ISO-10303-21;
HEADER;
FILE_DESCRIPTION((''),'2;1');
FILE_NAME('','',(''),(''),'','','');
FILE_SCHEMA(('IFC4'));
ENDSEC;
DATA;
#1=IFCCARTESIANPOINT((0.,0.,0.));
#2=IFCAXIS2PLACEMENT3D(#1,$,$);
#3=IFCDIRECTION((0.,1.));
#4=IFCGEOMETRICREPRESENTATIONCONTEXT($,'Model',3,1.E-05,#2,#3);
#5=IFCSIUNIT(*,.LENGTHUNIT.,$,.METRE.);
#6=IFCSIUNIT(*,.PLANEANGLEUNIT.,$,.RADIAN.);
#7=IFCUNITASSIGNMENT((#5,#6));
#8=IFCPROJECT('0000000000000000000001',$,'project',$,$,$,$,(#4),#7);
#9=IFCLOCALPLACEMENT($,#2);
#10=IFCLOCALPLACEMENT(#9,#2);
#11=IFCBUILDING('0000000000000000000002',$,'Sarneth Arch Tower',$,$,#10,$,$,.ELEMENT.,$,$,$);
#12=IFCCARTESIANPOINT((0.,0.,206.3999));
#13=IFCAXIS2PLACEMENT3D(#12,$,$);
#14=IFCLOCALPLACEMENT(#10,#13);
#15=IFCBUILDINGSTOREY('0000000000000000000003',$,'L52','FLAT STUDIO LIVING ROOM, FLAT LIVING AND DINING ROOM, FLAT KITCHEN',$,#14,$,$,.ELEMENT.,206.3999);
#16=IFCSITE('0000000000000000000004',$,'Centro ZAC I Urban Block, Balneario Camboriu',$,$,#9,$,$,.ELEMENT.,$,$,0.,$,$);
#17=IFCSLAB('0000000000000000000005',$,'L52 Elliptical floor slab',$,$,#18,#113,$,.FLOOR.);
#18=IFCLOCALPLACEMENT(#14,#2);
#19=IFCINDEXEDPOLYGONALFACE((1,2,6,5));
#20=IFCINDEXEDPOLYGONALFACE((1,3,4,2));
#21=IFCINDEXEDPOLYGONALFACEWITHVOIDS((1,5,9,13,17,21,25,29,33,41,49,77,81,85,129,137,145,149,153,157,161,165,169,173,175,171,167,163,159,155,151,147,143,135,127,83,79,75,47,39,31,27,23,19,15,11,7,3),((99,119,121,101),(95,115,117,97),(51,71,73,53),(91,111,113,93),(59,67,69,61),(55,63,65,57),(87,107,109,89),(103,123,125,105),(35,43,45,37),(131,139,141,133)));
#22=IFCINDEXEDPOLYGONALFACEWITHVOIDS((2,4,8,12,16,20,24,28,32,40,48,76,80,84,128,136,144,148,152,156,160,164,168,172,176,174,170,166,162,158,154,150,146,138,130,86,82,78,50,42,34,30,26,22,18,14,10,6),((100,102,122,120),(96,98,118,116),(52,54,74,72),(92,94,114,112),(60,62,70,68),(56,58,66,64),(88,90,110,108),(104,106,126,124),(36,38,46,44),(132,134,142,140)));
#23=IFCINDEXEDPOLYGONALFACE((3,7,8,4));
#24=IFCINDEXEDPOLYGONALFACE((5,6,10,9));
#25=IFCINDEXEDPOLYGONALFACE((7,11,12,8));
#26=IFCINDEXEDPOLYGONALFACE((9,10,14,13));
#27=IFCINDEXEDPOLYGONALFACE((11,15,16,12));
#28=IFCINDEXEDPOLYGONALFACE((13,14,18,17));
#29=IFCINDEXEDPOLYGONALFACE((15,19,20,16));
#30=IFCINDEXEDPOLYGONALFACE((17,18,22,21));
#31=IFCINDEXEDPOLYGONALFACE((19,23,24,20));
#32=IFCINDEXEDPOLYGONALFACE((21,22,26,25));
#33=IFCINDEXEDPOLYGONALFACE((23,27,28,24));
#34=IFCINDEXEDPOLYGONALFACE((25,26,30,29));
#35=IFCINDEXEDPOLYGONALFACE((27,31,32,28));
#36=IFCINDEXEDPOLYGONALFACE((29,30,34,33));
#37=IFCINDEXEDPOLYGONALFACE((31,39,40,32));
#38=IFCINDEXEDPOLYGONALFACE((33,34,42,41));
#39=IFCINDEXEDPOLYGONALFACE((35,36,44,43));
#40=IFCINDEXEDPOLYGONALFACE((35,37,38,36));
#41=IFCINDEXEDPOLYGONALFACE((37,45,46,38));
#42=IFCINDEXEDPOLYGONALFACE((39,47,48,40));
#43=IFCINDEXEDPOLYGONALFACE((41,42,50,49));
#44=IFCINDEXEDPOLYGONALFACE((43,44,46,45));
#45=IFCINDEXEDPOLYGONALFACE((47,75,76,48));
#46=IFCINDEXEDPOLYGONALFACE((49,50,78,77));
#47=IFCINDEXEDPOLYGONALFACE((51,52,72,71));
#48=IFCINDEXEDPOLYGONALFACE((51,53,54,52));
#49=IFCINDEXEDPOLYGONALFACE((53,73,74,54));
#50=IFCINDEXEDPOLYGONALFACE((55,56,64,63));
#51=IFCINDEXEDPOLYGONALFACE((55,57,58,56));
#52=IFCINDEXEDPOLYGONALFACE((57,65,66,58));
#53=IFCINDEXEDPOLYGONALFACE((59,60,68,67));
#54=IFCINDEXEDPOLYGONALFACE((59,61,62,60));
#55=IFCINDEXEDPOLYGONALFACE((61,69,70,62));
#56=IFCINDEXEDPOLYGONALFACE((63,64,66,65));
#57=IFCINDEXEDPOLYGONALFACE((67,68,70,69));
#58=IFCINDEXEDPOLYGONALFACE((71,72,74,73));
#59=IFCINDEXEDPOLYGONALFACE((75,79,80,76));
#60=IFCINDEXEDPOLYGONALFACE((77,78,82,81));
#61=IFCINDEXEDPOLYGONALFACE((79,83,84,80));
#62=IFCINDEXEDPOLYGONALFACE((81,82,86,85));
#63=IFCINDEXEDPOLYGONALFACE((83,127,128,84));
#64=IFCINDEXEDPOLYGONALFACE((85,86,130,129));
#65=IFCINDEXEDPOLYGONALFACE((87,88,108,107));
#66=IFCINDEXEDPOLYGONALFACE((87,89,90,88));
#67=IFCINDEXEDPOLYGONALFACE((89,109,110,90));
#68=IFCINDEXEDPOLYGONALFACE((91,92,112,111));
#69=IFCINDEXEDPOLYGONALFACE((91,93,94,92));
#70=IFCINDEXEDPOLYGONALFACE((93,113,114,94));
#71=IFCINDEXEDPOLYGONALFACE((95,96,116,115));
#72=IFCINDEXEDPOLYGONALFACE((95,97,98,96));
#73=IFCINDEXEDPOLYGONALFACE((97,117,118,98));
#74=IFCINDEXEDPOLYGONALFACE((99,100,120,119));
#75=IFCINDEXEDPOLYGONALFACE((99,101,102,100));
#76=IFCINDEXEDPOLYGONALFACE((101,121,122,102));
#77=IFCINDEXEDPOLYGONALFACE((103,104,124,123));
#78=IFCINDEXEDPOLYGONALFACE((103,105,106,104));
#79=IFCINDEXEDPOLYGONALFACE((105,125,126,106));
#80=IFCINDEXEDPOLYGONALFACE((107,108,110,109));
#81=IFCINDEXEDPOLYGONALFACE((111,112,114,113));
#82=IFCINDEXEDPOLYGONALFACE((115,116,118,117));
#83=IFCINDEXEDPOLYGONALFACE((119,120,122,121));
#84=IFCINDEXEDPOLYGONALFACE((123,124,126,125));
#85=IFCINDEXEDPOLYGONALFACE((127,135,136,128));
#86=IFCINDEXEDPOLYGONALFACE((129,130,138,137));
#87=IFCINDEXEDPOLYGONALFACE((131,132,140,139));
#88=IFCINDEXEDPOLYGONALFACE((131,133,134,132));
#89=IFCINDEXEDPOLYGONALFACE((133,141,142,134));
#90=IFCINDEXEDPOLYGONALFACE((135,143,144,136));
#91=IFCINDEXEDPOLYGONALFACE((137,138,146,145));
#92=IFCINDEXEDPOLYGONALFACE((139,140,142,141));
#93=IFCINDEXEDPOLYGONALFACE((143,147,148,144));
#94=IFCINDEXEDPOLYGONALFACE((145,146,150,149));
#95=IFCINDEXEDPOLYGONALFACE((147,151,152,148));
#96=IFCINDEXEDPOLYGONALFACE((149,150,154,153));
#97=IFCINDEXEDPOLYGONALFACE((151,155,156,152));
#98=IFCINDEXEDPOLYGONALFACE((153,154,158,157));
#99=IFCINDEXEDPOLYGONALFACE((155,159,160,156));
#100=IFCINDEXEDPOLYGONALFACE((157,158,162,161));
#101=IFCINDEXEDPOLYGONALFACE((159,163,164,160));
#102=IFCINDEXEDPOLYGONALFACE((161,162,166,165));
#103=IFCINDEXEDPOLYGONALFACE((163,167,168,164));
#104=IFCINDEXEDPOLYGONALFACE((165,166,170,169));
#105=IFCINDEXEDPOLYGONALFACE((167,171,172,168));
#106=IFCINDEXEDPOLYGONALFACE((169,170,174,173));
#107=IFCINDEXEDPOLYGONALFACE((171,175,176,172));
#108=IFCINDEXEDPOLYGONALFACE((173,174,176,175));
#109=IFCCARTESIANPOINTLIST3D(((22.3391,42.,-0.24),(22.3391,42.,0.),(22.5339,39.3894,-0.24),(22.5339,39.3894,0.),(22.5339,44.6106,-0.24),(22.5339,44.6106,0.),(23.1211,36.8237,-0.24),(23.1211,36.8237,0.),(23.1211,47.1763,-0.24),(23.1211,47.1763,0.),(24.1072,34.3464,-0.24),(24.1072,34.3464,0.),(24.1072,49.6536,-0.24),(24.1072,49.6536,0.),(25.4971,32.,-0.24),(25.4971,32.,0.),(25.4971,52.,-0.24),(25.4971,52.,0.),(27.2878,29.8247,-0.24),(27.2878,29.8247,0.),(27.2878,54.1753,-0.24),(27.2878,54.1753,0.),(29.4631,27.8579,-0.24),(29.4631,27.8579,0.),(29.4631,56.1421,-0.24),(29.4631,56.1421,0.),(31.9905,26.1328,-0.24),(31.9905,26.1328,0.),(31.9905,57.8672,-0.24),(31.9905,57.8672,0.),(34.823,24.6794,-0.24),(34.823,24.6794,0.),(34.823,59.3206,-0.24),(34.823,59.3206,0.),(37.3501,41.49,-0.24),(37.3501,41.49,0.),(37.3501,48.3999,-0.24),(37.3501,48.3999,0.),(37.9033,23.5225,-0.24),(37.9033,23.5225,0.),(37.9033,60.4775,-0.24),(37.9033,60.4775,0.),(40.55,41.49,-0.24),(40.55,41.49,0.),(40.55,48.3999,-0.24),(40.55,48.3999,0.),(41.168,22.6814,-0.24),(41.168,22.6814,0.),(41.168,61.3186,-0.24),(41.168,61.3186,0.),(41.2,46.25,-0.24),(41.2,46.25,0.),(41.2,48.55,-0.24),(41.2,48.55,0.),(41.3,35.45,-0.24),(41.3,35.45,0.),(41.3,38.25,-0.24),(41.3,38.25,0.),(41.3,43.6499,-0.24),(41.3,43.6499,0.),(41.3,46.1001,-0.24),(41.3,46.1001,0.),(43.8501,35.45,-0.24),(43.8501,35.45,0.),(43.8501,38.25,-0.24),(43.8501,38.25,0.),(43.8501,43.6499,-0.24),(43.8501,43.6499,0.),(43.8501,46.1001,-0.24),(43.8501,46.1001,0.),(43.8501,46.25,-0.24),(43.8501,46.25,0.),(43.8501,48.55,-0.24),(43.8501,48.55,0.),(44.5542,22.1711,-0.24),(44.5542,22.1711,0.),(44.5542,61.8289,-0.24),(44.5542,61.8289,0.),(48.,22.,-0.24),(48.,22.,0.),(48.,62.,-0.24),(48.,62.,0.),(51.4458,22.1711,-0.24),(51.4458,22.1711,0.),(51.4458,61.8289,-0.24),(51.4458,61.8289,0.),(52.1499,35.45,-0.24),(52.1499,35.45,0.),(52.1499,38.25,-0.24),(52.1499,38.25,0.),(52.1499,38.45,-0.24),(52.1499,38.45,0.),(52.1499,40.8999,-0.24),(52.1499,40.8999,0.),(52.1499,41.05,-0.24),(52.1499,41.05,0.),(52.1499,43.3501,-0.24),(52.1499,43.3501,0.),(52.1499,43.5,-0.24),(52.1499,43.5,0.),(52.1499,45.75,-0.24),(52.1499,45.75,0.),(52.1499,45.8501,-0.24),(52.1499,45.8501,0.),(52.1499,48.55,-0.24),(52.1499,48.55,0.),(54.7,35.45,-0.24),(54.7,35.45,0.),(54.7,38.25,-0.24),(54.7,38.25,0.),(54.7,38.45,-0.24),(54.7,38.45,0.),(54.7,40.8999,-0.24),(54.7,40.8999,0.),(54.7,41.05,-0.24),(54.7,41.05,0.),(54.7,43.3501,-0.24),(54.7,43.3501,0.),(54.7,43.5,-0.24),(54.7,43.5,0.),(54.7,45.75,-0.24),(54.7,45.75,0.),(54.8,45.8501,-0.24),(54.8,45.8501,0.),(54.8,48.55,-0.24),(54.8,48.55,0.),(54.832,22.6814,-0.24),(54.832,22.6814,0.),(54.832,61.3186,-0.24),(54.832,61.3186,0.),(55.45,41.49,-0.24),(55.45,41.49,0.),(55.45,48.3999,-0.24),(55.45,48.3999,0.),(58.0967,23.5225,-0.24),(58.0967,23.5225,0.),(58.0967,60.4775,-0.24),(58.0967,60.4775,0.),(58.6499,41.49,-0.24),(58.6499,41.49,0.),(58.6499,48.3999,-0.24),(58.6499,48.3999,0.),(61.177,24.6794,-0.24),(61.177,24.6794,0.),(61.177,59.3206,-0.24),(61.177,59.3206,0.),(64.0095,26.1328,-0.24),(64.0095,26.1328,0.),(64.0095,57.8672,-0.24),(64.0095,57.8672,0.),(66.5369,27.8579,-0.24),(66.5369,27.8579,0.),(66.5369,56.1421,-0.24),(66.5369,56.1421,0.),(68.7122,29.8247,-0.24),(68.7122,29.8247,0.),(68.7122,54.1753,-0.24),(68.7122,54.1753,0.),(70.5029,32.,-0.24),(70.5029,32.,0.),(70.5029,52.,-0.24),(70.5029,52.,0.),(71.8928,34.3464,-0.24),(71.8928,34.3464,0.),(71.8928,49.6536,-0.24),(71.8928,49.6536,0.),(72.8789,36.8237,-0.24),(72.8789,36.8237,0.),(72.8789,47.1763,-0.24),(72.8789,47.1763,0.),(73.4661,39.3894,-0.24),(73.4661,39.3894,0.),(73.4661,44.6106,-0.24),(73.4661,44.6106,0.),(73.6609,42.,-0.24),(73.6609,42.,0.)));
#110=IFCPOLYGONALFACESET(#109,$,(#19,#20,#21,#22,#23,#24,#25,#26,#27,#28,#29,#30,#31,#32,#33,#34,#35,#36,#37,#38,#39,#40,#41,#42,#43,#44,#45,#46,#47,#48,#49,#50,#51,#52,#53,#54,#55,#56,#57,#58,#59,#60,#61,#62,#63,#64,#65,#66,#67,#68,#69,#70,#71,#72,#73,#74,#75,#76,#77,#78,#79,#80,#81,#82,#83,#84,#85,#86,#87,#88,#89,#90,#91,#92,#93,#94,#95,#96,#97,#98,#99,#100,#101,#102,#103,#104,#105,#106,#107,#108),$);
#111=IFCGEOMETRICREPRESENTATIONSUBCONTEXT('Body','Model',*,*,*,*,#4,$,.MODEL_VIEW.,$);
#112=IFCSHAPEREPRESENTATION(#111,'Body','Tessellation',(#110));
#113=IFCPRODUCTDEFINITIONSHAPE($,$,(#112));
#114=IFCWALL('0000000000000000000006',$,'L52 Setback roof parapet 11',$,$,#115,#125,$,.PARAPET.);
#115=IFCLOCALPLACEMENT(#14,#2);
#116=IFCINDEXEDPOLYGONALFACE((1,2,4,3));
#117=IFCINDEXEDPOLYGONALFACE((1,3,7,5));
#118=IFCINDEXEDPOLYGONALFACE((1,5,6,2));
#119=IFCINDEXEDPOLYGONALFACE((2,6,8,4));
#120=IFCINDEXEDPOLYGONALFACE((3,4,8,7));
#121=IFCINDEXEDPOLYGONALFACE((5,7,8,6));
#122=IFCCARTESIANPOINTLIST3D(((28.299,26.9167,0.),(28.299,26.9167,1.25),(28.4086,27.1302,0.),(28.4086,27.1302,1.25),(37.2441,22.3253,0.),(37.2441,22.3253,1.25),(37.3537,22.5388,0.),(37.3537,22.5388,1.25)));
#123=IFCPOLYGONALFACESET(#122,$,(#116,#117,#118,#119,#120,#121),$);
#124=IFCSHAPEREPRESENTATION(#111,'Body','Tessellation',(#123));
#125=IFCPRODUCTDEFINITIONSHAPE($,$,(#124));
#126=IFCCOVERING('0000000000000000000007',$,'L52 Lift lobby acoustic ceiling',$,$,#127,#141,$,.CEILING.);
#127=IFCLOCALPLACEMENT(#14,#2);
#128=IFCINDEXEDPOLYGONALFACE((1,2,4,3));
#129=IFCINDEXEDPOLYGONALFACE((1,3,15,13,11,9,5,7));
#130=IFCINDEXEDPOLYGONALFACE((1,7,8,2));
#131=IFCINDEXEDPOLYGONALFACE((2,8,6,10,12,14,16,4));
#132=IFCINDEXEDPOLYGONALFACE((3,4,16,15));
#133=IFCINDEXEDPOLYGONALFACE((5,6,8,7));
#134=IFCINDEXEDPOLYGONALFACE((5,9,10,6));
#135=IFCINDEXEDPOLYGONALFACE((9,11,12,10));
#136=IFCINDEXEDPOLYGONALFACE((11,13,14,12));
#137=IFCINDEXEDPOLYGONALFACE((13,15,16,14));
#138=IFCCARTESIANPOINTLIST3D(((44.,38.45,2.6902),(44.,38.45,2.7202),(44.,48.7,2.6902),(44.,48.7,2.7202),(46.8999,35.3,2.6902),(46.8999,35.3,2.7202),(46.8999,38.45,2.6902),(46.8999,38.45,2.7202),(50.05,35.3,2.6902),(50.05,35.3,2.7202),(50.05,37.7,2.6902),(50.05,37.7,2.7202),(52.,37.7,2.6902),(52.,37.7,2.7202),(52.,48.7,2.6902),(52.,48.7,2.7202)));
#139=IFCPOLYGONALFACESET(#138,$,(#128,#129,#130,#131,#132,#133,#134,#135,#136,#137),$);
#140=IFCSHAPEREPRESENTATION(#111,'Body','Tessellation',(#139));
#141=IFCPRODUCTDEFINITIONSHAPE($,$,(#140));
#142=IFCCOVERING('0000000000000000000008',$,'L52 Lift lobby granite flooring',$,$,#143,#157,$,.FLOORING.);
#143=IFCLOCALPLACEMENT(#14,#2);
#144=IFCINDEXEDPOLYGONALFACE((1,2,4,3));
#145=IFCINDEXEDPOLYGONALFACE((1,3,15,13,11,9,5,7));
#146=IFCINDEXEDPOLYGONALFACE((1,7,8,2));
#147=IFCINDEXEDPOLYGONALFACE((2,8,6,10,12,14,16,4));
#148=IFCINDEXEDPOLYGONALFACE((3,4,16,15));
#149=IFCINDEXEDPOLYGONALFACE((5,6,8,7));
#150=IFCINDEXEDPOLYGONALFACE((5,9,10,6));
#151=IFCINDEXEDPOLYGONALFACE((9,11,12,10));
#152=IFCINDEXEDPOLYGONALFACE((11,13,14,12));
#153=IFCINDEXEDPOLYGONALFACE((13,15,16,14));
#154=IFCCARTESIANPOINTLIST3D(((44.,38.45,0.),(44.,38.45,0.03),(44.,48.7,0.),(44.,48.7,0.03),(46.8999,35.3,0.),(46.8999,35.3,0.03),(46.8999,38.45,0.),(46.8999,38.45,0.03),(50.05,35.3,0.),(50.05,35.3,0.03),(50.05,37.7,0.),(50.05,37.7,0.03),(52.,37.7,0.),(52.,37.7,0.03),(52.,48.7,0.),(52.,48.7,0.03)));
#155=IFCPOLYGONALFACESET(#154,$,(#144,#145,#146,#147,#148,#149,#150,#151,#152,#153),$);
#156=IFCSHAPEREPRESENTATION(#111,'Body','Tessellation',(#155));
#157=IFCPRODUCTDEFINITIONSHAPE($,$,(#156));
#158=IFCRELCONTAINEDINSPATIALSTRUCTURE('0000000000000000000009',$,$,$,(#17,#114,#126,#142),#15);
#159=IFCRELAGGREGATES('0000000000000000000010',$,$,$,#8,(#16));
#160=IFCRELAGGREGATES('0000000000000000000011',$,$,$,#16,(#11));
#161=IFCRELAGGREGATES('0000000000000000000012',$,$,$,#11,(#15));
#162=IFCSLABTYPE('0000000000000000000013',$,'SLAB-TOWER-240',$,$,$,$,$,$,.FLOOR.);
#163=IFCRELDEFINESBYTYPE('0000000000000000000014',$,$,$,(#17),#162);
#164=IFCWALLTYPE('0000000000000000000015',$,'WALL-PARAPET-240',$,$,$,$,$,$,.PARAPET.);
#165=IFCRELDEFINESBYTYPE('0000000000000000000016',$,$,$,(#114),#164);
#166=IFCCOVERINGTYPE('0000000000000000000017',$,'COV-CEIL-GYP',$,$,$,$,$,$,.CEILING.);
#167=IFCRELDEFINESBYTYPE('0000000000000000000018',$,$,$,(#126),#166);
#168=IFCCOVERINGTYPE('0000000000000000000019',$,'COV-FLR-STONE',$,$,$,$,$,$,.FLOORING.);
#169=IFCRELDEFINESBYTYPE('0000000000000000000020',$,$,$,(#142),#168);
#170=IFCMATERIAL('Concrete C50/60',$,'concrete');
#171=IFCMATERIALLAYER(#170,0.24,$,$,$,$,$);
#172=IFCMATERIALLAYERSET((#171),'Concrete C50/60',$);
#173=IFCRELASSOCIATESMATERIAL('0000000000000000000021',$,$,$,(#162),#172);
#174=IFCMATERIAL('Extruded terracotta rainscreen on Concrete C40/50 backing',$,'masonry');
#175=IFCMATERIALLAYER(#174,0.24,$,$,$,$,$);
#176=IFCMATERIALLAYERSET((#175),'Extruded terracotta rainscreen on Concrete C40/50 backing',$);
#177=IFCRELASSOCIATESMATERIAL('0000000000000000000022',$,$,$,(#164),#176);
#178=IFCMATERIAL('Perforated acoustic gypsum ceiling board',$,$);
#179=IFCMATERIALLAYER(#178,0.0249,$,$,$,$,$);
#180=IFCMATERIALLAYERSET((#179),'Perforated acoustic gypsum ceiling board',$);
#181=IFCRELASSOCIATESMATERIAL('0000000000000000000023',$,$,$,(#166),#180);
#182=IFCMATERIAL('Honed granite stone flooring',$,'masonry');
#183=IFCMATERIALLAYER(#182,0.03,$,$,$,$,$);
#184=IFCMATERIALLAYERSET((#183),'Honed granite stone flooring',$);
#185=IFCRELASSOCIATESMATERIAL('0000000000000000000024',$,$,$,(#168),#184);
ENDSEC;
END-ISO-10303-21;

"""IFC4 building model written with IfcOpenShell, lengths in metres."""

from ifc_helpers import new_model, si_unit, direction, frame, frame_2d, origin, place, context, subcontext, project, spatial, polyline, rectangle, outline, extrude, material, layer, layer_set, type_object, element, save


model = new_model("IFC4")

# Units and contexts
model_context = context("Model", 3, precision=1e-05, world=origin(), true_north=direction((0.0, 1.0)))
body_context = subcontext(model_context, "Body", "Model", "MODEL_VIEW")
ifc_project = project(units=[si_unit("LENGTHUNIT", "METRE"), si_unit("PLANEANGLEUNIT", "RADIAN")], contexts=[model_context])

# Site, building, storey
site_placement = place(None, origin())
site = spatial("IfcSite", under=ifc_project, at=site_placement, Name="Centro ZAC I Urban Block, Balneario Camboriu", CompositionType="ELEMENT", RefElevation=0.0)
building_placement = place(site_placement, origin())
building = spatial("IfcBuilding", under=site, at=building_placement, Name="Sarneth Arch Tower", CompositionType="ELEMENT")
storey_placement = place(building_placement, frame((0.0, 0.0, 206.3999)))
storey = spatial("IfcBuildingStorey", under=building, at=storey_placement, Name="L52", Description="FLAT STUDIO LIVING ROOM, FLAT LIVING AND DINING ROOM, FLAT KITCHEN", CompositionType="ELEMENT", Elevation=206.3999)

# Slab
ifc_material_1 = material(Name="Concrete C50/60", Category="concrete")
ifc_layer_1 = layer(ifc_material_1, 0.24)
ifc_layer_set_1 = layer_set([ifc_layer_1], Name="Concrete C50/60")
slab_type_1 = type_object("IfcSlabType", Name="SLAB-TOWER-240", PredefinedType="FLOOR", material=ifc_layer_set_1)
slab_1_placement = place(storey_placement, frame((0.0, 0.0, -0.24)))
element("IfcSlab", 1, at=slab_1_placement, inside=storey, type_object=slab_type_1, Name="L52 Elliptical floor slab", PredefinedType="FLOOR", context=body_context, shape_type="SweptSolid", body=[
    extrude(outline(polyline([(73.6609, 42.0), (73.4661, 44.6106), (72.8789, 47.1763), (71.8928, 49.6536), (70.5029, 52.0), (68.7122, 54.1753), (66.5369, 56.1421), (64.0095, 57.8672), (61.177, 59.3206), (58.0967, 60.4775), (54.832, 61.3186), (51.4458, 61.8289), (48.0, 62.0), (44.5542, 61.8289), (41.168, 61.3186), (37.9033, 60.4775), (34.823, 59.3206), (31.9905, 57.8672), (29.4631, 56.1421), (27.2878, 54.1753), (25.4971, 52.0), (24.1072, 49.6536), (23.1211, 47.1763), (22.5339, 44.6106), (22.3391, 42.0), (22.5339, 39.3894), (23.1211, 36.8237), (24.1072, 34.3464), (25.4971, 32.0), (27.2878, 29.8247), (29.4631, 27.8579), (31.9905, 26.1328), (34.823, 24.6794), (37.9033, 23.5225), (41.168, 22.6814), (44.5542, 22.1711), (48.0, 22.0), (51.4458, 22.1711), (54.832, 22.6814), (58.0967, 23.5225), (61.177, 24.6794), (64.0095, 26.1328), (66.5369, 27.8579), (68.7122, 29.8247), (70.5029, 32.0), (71.8928, 34.3464), (72.8789, 36.8237), (73.4661, 39.3894), (73.6609, 42.0)]), holes=[polyline([(37.3501, 41.49), (40.55, 41.49), (40.55, 48.3999), (37.3501, 48.3999), (37.3501, 41.49)]), polyline([(55.45, 41.49), (58.6499, 41.49), (58.6499, 48.3999), (55.45, 48.3999), (55.45, 41.49)]), polyline([(41.2, 46.25), (43.8501, 46.25), (43.8501, 48.55), (41.2, 48.55), (41.2, 46.25)]), polyline([(41.3, 35.45), (43.8501, 35.45), (43.8501, 38.25), (41.3, 38.25), (41.3, 35.45)]), polyline([(52.1499, 35.45), (54.7, 35.45), (54.7, 38.25), (52.1499, 38.25), (52.1499, 35.45)]), polyline([(52.1499, 45.8501), (54.8, 45.8501), (54.8, 48.55), (52.1499, 48.55), (52.1499, 45.8501)]), polyline([(41.3, 43.6499), (43.8501, 43.6499), (43.8501, 46.1001), (41.3, 46.1001), (41.3, 43.6499)]), polyline([(52.1499, 38.45), (54.7, 38.45), (54.7, 40.8999), (52.1499, 40.8999), (52.1499, 38.45)]), polyline([(52.1499, 41.05), (54.7, 41.05), (54.7, 43.3501), (52.1499, 43.3501), (52.1499, 41.05)]), polyline([(52.1499, 43.5), (54.7, 43.5), (54.7, 45.75), (52.1499, 45.75), (52.1499, 43.5)])]), origin(), (0.0, 0.0, 1.0), 0.24),
])

# Wall
ifc_material_2 = material(Name="Extruded terracotta rainscreen on Concrete C40/50 backing", Category="masonry")
ifc_layer_2 = layer(ifc_material_2, 0.24)
ifc_layer_set_2 = layer_set([ifc_layer_2], Name="Extruded terracotta rainscreen on Concrete C40/50 backing")
wall_type = type_object("IfcWallType", Name="WALL-PARAPET-240", PredefinedType="PARAPET", material=ifc_layer_set_2)
wall_placement = place(storey_placement, frame((28.3538, 27.0234, 0.0), z_axis=(0.0, 0.0, 1.0), x_axis=(0.889652, -0.456639, 0.0)))
element("IfcWall", 2, at=wall_placement, inside=storey, type_object=wall_type, Name="L52 Setback roof parapet 11", PredefinedType="PARAPET", context=body_context, shape_type="SweptSolid", body=[
    extrude(rectangle(XDim=10.0547, YDim=0.24, at=frame_2d((5.0273, 0.0))), origin(), (0.0, 0.0, 1.0), 1.25),
])

# Coverings
ifc_material_3 = material(Name="Perforated acoustic gypsum ceiling board")
ifc_layer_3 = layer(ifc_material_3, 0.0249)
ifc_layer_set_3 = layer_set([ifc_layer_3], Name="Perforated acoustic gypsum ceiling board")
covering_type_1 = type_object("IfcCoveringType", Name="COV-CEIL-GYP", PredefinedType="CEILING", material=ifc_layer_set_3)
covering_1_placement = place(storey_placement, frame((0.0, 0.0, 2.6902)))
element("IfcCovering", 3, at=covering_1_placement, inside=storey, type_object=covering_type_1, Name="L52 Lift lobby acoustic ceiling", PredefinedType="CEILING", context=body_context, shape_type="SweptSolid", body=[
    extrude(outline(polyline([(52.0, 37.7), (50.05, 37.7), (50.05, 35.3), (46.8999, 35.3), (46.8999, 38.45), (44.0, 38.45), (44.0, 48.7), (52.0, 48.7), (52.0, 37.7)])), origin(), (0.0, 0.0, 1.0), 0.03),
])
ifc_material_4 = material(Name="Honed granite stone flooring", Category="masonry")
ifc_layer_4 = layer(ifc_material_4, 0.03)
ifc_layer_set_4 = layer_set([ifc_layer_4], Name="Honed granite stone flooring")
covering_type_2 = type_object("IfcCoveringType", Name="COV-FLR-STONE", PredefinedType="FLOORING", material=ifc_layer_set_4)
covering_2_placement = place(storey_placement, origin())
element("IfcCovering", 4, at=covering_2_placement, inside=storey, type_object=covering_type_2, Name="L52 Lift lobby granite flooring", PredefinedType="FLOORING", context=body_context, shape_type="SweptSolid", body=[
    extrude(outline(polyline([(52.0, 37.7), (50.05, 37.7), (50.05, 35.3), (46.8999, 35.3), (46.8999, 38.45), (44.0, 38.45), (44.0, 48.7), (52.0, 48.7), (52.0, 37.7)])), origin(), (0.0, 0.0, 1.0), 0.03),
])

save(model, "model.ifc")
